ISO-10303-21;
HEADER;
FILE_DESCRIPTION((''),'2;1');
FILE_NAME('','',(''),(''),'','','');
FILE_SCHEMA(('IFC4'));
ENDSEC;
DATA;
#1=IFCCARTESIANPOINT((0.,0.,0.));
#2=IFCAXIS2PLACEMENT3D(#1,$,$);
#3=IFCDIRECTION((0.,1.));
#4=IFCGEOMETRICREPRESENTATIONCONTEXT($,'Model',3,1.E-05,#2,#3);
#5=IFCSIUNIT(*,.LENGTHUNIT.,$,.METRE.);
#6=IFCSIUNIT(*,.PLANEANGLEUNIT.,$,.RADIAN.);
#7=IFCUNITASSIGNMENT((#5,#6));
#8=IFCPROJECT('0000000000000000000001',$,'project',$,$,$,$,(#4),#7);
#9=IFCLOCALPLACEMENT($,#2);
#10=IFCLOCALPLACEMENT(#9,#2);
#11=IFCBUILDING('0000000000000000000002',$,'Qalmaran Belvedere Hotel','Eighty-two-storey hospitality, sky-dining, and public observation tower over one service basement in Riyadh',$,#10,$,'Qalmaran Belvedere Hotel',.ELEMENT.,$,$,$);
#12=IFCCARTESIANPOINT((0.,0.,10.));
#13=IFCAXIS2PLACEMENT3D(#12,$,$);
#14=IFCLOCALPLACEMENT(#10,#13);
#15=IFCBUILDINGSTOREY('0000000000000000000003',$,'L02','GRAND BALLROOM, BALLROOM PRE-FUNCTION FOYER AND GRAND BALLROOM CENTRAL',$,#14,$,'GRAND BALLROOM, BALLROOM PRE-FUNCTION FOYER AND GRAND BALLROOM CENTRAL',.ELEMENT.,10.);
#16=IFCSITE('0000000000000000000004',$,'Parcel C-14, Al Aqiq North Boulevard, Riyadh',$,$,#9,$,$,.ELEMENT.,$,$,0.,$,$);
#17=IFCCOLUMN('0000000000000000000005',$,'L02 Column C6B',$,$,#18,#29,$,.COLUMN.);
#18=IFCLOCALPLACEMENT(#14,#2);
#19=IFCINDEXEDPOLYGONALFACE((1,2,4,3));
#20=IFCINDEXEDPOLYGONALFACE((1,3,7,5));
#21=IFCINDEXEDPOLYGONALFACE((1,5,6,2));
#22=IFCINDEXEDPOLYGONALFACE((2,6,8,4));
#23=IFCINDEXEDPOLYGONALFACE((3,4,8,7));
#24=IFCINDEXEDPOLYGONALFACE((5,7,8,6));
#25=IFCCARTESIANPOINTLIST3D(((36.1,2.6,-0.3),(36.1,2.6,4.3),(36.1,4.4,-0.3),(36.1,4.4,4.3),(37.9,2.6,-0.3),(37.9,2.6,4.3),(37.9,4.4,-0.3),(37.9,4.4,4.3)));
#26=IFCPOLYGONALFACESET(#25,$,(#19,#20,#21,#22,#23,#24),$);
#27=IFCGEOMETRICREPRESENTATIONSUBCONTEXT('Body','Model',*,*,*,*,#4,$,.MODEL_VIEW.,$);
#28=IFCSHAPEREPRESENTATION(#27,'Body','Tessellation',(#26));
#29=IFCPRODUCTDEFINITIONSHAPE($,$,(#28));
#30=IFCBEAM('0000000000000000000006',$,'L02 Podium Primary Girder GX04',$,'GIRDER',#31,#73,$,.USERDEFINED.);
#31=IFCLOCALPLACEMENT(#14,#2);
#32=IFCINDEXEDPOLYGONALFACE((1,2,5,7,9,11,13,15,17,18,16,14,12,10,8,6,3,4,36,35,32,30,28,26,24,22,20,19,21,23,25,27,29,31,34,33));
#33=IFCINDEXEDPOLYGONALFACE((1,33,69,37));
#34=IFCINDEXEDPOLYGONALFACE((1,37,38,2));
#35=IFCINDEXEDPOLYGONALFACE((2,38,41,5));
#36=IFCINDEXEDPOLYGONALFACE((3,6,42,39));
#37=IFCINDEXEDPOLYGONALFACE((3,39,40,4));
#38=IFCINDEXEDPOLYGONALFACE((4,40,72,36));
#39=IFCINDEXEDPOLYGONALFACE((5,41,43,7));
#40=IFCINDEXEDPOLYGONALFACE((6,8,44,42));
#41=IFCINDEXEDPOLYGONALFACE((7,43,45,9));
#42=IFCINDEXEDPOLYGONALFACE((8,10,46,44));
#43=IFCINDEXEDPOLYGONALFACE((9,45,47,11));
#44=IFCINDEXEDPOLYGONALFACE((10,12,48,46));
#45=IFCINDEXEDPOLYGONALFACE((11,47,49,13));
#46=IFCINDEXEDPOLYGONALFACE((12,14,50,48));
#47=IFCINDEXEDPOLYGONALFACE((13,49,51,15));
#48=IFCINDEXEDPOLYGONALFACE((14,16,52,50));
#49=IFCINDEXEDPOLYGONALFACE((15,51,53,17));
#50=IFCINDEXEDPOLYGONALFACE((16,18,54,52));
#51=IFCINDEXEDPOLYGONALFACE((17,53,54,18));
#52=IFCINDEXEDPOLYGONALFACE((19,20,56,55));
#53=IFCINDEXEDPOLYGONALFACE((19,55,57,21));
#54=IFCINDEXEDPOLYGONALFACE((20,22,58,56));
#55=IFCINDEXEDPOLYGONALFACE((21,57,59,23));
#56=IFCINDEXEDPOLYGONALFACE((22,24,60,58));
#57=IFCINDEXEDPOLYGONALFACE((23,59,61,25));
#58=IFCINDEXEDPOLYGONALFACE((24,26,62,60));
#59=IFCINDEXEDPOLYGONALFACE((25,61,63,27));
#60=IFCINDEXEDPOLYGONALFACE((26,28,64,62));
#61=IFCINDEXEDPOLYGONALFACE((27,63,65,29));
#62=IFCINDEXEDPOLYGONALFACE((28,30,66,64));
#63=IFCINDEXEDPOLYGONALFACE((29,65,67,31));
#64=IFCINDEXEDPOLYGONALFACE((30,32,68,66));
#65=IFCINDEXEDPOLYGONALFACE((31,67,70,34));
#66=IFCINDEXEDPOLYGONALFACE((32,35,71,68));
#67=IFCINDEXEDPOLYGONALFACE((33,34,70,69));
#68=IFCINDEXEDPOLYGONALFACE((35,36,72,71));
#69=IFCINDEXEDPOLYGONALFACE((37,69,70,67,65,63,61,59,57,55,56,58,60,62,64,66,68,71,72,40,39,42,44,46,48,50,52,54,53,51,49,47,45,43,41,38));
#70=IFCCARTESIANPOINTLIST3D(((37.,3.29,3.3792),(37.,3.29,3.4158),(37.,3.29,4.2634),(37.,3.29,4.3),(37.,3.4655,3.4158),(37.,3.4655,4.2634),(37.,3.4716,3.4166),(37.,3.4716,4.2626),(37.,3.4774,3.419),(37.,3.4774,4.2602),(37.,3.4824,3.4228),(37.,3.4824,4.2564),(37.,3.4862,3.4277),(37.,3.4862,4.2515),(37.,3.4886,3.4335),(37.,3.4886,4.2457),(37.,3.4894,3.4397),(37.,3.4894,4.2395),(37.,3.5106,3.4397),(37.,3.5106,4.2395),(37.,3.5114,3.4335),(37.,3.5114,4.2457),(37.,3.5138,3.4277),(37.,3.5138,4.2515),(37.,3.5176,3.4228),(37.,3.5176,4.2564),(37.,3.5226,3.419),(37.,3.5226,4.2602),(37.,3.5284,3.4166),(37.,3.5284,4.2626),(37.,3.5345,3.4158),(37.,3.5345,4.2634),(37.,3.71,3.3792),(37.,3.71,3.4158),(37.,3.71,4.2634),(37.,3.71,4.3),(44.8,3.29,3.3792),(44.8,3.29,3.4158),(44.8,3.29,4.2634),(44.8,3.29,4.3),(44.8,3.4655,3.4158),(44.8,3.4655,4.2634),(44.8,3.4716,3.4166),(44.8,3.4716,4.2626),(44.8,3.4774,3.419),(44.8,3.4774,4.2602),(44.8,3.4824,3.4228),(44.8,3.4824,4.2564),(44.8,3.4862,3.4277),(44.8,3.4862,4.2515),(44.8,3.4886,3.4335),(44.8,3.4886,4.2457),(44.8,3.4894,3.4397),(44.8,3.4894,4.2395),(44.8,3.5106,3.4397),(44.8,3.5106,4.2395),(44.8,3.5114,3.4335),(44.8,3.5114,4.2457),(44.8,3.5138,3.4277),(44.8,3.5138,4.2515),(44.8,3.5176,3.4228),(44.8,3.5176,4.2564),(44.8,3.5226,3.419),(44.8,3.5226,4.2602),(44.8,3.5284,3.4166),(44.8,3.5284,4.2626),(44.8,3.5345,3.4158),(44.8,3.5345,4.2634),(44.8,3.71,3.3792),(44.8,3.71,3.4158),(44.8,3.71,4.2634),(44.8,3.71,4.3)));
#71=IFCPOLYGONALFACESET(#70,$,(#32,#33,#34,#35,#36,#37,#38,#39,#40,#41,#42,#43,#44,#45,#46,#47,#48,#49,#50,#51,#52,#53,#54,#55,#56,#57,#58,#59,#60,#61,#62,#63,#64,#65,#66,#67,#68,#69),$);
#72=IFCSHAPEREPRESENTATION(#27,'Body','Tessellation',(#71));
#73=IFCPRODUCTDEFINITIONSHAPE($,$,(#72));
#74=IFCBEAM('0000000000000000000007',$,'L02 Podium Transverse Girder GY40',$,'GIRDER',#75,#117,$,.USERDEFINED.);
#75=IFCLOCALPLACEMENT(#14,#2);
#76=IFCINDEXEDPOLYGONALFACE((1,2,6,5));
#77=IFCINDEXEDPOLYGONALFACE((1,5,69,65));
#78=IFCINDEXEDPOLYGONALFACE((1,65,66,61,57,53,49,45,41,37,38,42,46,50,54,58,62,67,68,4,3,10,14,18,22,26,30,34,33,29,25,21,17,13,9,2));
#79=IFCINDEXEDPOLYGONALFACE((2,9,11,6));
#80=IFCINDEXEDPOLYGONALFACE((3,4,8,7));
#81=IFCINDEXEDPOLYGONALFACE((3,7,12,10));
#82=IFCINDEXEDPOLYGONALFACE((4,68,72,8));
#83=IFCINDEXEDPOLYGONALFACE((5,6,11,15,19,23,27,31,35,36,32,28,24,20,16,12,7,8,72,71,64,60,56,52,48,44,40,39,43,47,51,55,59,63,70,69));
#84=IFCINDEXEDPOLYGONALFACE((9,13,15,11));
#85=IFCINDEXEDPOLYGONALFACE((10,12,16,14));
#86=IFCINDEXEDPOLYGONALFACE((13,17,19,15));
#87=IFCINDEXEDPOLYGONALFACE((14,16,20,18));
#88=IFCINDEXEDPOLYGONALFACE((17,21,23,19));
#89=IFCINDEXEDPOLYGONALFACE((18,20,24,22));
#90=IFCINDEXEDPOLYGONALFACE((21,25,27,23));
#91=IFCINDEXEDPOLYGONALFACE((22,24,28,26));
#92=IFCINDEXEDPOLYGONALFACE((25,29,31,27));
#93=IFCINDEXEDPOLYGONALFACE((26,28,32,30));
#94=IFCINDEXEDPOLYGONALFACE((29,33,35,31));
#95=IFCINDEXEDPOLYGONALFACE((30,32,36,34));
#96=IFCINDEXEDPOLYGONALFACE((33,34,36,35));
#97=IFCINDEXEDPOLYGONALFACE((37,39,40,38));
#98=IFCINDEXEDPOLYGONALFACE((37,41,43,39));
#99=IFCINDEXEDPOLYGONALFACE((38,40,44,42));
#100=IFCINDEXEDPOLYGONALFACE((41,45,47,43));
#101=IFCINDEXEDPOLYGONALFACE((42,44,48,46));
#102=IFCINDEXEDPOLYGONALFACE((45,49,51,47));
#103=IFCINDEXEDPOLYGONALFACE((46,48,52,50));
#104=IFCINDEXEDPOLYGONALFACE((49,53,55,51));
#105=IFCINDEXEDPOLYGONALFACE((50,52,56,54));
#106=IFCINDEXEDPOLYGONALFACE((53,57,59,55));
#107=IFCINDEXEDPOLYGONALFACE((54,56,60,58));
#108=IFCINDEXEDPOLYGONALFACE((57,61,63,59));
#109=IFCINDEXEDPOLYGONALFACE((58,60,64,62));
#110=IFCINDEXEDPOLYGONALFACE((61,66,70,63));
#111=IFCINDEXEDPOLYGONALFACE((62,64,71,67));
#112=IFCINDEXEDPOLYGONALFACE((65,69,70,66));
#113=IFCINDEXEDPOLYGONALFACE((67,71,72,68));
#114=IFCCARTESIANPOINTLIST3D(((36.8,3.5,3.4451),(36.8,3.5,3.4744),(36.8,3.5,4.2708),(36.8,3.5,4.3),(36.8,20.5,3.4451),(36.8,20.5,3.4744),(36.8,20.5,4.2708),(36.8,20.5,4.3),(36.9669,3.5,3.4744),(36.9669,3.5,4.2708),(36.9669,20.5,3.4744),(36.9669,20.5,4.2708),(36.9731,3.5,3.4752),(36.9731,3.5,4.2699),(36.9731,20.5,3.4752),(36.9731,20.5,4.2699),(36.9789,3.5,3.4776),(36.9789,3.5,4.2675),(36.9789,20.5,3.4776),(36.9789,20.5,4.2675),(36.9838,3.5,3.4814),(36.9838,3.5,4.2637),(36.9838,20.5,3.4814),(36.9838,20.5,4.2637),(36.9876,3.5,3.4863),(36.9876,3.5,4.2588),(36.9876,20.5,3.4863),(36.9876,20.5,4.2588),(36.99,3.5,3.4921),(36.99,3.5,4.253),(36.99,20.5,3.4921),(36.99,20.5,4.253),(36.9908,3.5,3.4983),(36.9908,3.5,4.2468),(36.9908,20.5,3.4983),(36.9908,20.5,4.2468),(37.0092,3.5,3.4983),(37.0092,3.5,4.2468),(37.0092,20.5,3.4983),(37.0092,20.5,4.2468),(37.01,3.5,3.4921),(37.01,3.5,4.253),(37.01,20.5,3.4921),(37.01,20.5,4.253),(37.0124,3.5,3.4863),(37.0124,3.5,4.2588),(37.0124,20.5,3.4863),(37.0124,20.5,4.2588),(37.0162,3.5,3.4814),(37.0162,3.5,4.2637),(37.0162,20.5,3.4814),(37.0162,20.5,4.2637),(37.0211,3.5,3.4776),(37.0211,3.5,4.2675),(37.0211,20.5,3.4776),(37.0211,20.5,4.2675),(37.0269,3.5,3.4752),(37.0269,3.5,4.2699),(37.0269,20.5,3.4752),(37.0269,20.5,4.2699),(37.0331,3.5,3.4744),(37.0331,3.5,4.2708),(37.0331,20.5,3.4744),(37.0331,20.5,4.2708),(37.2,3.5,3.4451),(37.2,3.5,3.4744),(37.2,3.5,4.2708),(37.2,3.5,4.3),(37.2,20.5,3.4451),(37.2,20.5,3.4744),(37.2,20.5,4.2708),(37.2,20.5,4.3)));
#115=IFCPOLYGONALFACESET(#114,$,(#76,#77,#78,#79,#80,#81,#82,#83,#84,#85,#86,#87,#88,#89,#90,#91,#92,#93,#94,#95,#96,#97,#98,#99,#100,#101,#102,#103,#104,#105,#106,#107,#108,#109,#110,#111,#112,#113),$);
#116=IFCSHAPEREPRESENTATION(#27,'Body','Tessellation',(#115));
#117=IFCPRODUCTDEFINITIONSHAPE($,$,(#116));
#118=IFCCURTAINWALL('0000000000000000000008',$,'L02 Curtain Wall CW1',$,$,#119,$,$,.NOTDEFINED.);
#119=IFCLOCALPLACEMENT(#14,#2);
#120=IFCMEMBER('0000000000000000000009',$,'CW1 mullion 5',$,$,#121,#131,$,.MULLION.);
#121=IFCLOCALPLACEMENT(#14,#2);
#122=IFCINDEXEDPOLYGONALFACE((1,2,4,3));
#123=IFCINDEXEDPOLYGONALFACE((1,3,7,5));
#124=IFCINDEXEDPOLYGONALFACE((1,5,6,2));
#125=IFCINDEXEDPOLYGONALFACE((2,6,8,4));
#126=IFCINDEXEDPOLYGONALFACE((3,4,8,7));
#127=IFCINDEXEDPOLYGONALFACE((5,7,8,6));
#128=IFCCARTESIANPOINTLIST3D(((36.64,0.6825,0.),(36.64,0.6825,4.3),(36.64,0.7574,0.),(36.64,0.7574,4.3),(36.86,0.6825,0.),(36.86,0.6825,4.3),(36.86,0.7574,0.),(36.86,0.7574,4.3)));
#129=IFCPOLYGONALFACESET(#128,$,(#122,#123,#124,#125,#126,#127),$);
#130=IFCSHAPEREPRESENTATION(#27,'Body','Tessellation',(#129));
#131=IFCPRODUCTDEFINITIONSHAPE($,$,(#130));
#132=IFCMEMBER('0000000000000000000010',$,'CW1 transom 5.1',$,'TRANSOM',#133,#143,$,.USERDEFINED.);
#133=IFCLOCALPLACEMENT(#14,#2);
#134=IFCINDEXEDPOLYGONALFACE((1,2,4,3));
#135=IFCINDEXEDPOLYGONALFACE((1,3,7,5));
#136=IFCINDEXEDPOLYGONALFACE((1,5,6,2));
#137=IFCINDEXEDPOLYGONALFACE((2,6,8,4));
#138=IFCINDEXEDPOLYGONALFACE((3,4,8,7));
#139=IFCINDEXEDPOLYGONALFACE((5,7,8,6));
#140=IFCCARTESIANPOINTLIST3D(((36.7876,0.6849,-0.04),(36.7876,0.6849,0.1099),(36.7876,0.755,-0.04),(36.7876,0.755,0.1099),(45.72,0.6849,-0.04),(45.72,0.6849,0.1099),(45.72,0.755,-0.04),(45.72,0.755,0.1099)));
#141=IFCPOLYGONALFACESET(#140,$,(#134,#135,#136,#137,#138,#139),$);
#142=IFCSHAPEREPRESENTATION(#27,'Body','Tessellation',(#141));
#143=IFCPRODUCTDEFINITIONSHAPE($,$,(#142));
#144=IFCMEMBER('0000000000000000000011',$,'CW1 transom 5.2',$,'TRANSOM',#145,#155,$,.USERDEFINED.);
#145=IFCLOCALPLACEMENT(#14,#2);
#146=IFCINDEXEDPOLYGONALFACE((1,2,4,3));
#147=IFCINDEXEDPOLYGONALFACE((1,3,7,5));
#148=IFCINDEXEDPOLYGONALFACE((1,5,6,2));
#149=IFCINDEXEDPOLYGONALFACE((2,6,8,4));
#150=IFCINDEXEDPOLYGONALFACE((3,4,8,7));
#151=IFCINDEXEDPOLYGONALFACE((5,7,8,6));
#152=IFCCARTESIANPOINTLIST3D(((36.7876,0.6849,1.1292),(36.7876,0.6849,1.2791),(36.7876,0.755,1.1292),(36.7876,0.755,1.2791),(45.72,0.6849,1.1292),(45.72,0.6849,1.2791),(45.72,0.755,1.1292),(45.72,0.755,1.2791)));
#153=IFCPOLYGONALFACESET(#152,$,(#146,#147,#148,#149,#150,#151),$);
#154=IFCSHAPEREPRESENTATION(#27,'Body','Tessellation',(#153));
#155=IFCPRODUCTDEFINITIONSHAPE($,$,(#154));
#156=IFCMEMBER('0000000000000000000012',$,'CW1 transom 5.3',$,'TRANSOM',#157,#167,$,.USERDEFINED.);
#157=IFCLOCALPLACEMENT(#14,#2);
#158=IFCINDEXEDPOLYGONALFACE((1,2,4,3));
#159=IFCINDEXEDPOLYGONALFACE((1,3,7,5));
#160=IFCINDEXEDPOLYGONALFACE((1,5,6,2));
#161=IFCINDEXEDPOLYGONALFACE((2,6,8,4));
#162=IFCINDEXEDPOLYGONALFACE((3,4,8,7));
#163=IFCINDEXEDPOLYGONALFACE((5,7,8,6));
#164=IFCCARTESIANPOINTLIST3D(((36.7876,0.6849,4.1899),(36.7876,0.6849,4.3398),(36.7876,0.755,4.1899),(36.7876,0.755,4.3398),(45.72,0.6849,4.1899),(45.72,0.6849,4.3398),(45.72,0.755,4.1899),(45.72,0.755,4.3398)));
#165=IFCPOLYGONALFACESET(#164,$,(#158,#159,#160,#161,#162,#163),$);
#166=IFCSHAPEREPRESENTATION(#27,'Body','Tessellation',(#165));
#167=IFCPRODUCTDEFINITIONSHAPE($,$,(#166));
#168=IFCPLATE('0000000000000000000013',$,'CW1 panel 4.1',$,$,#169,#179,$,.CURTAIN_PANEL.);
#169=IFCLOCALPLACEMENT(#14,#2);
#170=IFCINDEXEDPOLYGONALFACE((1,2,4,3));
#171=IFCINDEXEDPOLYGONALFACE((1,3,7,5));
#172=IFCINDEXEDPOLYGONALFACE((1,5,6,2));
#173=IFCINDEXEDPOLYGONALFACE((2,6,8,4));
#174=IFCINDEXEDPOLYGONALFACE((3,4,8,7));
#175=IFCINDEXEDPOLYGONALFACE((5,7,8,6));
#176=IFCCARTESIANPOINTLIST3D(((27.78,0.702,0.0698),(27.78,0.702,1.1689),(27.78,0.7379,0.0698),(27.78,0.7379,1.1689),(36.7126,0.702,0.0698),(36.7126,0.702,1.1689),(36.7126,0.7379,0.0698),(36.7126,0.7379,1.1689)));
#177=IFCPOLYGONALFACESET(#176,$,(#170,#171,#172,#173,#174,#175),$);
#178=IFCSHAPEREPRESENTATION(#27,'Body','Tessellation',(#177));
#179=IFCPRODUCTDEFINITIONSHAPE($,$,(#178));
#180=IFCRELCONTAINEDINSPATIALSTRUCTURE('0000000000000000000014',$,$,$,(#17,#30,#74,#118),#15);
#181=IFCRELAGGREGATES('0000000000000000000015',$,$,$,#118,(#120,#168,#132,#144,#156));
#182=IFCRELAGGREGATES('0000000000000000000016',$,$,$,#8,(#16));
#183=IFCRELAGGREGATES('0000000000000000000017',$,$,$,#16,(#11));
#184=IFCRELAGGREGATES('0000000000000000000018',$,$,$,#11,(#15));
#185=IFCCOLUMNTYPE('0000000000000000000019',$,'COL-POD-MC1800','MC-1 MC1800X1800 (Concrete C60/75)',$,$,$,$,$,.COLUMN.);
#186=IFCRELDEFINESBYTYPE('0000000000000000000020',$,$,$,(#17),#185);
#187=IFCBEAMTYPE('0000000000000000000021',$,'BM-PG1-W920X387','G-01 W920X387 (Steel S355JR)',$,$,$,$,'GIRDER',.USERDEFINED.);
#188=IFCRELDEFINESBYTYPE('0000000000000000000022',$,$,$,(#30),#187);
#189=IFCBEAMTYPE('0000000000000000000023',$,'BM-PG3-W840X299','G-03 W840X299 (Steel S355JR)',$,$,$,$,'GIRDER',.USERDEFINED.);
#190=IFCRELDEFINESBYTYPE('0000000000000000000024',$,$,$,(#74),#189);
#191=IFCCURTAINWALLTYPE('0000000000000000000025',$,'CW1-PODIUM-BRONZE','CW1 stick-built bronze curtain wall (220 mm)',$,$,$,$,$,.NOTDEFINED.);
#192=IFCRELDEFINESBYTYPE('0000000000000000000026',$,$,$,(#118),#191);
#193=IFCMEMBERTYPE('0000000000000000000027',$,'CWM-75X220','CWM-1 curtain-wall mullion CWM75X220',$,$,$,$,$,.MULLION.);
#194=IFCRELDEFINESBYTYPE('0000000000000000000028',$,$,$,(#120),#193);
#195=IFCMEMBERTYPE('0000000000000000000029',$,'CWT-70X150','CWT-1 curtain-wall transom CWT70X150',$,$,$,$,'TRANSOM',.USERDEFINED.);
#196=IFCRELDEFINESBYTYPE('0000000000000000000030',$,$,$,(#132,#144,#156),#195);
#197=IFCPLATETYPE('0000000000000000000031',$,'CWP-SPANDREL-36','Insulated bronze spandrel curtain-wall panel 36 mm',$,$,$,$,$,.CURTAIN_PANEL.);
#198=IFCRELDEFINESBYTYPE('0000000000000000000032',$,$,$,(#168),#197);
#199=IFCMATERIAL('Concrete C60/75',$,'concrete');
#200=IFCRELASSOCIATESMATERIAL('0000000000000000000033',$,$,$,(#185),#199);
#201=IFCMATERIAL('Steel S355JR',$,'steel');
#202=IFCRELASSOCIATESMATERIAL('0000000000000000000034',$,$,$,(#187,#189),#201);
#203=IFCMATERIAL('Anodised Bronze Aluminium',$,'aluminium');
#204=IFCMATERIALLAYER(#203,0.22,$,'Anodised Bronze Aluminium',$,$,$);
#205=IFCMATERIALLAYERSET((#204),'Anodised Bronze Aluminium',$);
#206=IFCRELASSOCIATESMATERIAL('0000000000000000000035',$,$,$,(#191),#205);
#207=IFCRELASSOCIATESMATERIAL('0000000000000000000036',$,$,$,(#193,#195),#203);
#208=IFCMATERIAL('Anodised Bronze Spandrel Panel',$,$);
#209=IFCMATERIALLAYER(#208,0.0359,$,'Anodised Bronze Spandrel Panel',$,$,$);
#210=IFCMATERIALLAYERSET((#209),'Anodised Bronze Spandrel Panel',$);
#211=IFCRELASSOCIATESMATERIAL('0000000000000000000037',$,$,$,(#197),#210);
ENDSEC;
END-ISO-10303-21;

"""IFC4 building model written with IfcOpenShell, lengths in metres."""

from ifc_helpers import new_model, si_unit, direction, frame, origin, origin_2d, place, context, subcontext, project, spatial, rectangle, i_section, extrude, material, layer, layer_set, material_profile, profile_set, type_object, element, aggregate, save


model = new_model("IFC4")

# Units and contexts
model_context = context("Model", 3, precision=1e-05, world=origin(), true_north=direction((0.0, 1.0)))
body_context = subcontext(model_context, "Body", "Model", "MODEL_VIEW")
ifc_project = project(units=[si_unit("LENGTHUNIT", "METRE"), si_unit("PLANEANGLEUNIT", "RADIAN")], contexts=[model_context])

# Site, building, storey
site_placement = place(None, origin())
site = spatial("IfcSite", under=ifc_project, at=site_placement, Name="Parcel C-14, Al Aqiq North Boulevard, Riyadh", CompositionType="ELEMENT", RefElevation=0.0)
building_placement = place(site_placement, origin())
building = spatial("IfcBuilding", under=site, at=building_placement, Name="Qalmaran Belvedere Hotel", Description="Eighty-two-storey hospitality, sky-dining, and public observation tower over one service basement in Riyadh", LongName="Qalmaran Belvedere Hotel", CompositionType="ELEMENT")
storey_placement = place(building_placement, frame((0.0, 0.0, 10.0)))
storey = spatial("IfcBuildingStorey", under=building, at=storey_placement, Name="L02", Description="GRAND BALLROOM, BALLROOM PRE-FUNCTION FOYER AND GRAND BALLROOM CENTRAL", LongName="GRAND BALLROOM, BALLROOM PRE-FUNCTION FOYER AND GRAND BALLROOM CENTRAL", CompositionType="ELEMENT", Elevation=10.0)

# Column
ifc_material_1 = material(Name="Concrete C60/75", Category="concrete")
ifc_material_profile_1 = material_profile(ifc_material_1, rectangle(XDim=1.8, YDim=1.8, at=origin_2d()), Name="MC1800X1800")
ifc_profile_set_1 = profile_set([ifc_material_profile_1], Name="Concrete C60/75")
column_type = type_object("IfcColumnType", Name="COL-POD-MC1800", Description="MC-1 MC1800X1800 (Concrete C60/75)", PredefinedType="COLUMN", material=ifc_profile_set_1)
column_placement = place(storey_placement, frame((37.0, 3.5, -0.3), z_axis=(0.0, 0.0, 1.0), x_axis=(1.0, 0.0, 0.0)))
element("IfcColumn", 1, at=column_placement, inside=storey, type_object=column_type, Name="L02 Column C6B", PredefinedType="COLUMN", context=body_context, shape_type="SweptSolid", body=[
    extrude(rectangle(XDim=1.8, YDim=1.8, at=origin_2d()), origin(), (0.0, 0.0, 1.0), 4.6001),
])

# Beams
ifc_material_2 = material(Name="Steel S355JR", Category="steel")
ifc_material_profile_2 = material_profile(ifc_material_2, i_section(OverallWidth=0.4199, OverallDepth=0.9209, WebThickness=0.0212, FlangeThickness=0.0366, FilletRadius=0.0239, at=origin_2d()), Name="W920X387")
ifc_profile_set_2 = profile_set([ifc_material_profile_2], Name="Steel S355JR")
beam_type_1 = type_object("IfcBeamType", Name="BM-PG1-W920X387", Description="G-01 W920X387 (Steel S355JR)", ElementType="GIRDER", PredefinedType="USERDEFINED", material=ifc_profile_set_2)
beam_1_placement = place(storey_placement, frame((37.0, 3.5, 3.8396), z_axis=(1.0, 0.0, 0.0), x_axis=(0.0, 1.0, 0.0)))
element("IfcBeam", 2, at=beam_1_placement, inside=storey, type_object=beam_type_1, Name="L02 Podium Primary Girder GX04", ObjectType="GIRDER", PredefinedType="USERDEFINED", context=body_context, shape_type="SweptSolid", body=[
    extrude(i_section(OverallWidth=0.4199, OverallDepth=0.9209, WebThickness=0.0212, FlangeThickness=0.0366, FilletRadius=0.0239, at=origin_2d()), origin(), (0.0, 0.0, 1.0), 7.8),
])
ifc_material_profile_3 = material_profile(ifc_material_2, i_section(OverallWidth=0.3999, OverallDepth=0.855, WebThickness=0.0183, FlangeThickness=0.0293, FilletRadius=0.0239, at=origin_2d()), Name="W840X299")
ifc_profile_set_3 = profile_set([ifc_material_profile_3], Name="Steel S355JR")
beam_type_2 = type_object("IfcBeamType", Name="BM-PG3-W840X299", Description="G-03 W840X299 (Steel S355JR)", ElementType="GIRDER", PredefinedType="USERDEFINED", material=ifc_profile_set_3)
beam_2_placement = place(storey_placement, frame((37.0, 3.5, 3.8726), z_axis=(0.0, 1.0, 0.0), x_axis=(-1.0, 0.0, 0.0)))
element("IfcBeam", 3, at=beam_2_placement, inside=storey, type_object=beam_type_2, Name="L02 Podium Transverse Girder GY40", ObjectType="GIRDER", PredefinedType="USERDEFINED", context=body_context, shape_type="SweptSolid", body=[
    extrude(i_section(OverallWidth=0.3999, OverallDepth=0.855, WebThickness=0.0183, FlangeThickness=0.0293, FilletRadius=0.0239, at=origin_2d()), origin(), (0.0, 0.0, 1.0), 17.0),
])

# Curtain wall, members, plate
ifc_material_3 = material(Name="Anodised Bronze Aluminium", Category="aluminium")
ifc_layer_1 = layer(ifc_material_3, 0.22, Name="Anodised Bronze Aluminium")
ifc_layer_set_1 = layer_set([ifc_layer_1], Name="Anodised Bronze Aluminium")
curtain_wall_type = type_object("IfcCurtainWallType", Name="CW1-PODIUM-BRONZE", Description="CW1 stick-built bronze curtain wall (220 mm)", PredefinedType="NOTDEFINED", material=ifc_layer_set_1)
curtain_wall_placement = place(storey_placement, origin())
curtain_wall = element("IfcCurtainWall", 4, at=curtain_wall_placement, inside=storey, type_object=curtain_wall_type, Name="L02 Curtain Wall CW1", PredefinedType="NOTDEFINED")
ifc_material_profile_4 = material_profile(ifc_material_3, rectangle(XDim=0.075, YDim=0.22, at=origin_2d()), Name="CWM75X220")
ifc_profile_set_4 = profile_set([ifc_material_profile_4], Name="Anodised Bronze Aluminium")
member_type_1 = type_object("IfcMemberType", Name="CWM-75X220", Description="CWM-1 curtain-wall mullion CWM75X220", PredefinedType="MULLION", material=ifc_profile_set_4)
member_1_placement = place(storey_placement, frame((36.75, 0.72, 0.0), z_axis=(0.0, 0.0, 1.0), x_axis=(0.0, 1.0, 0.0)))
member_1 = element("IfcMember", 5, at=member_1_placement, type_object=member_type_1, Name="CW1 mullion 5", PredefinedType="MULLION", context=body_context, shape_type="SweptSolid", body=[
    extrude(rectangle(XDim=0.075, YDim=0.22, at=origin_2d()), origin(), (0.0, 0.0, 1.0), 4.3),
])
ifc_material_profile_5 = material_profile(ifc_material_3, rectangle(XDim=0.0701, YDim=0.1499, at=origin_2d()), Name="CWT70X150")
ifc_profile_set_5 = profile_set([ifc_material_profile_5], Name="Anodised Bronze Aluminium")
member_type_2 = type_object("IfcMemberType", Name="CWT-70X150", Description="CWT-1 curtain-wall transom CWT70X150", ElementType="TRANSOM", PredefinedType="USERDEFINED", material=ifc_profile_set_5)
member_2_placement = place(storey_placement, frame((36.7876, 0.72, 0.0349), z_axis=(1.0, 0.0, 0.0), x_axis=(0.0, 1.0, 0.0)))
member_2 = element("IfcMember", 6, at=member_2_placement, type_object=member_type_2, Name="CW1 transom 5.1", ObjectType="TRANSOM", PredefinedType="USERDEFINED", context=body_context, shape_type="SweptSolid", body=[
    extrude(rectangle(XDim=0.0701, YDim=0.1499, at=origin_2d()), origin(), (0.0, 0.0, 1.0), 8.9324),
])
member_3_placement = place(storey_placement, frame((36.7876, 0.72, 1.2041), z_axis=(1.0, 0.0, 0.0), x_axis=(0.0, 1.0, 0.0)))
member_3 = element("IfcMember", 7, at=member_3_placement, type_object=member_type_2, Name="CW1 transom 5.2", ObjectType="TRANSOM", PredefinedType="USERDEFINED", context=body_context, shape_type="SweptSolid", body=[
    extrude(rectangle(XDim=0.0701, YDim=0.1499, at=origin_2d()), origin(), (0.0, 0.0, 1.0), 8.9324),
])
member_4_placement = place(storey_placement, frame((36.7876, 0.72, 4.2649), z_axis=(1.0, 0.0, 0.0), x_axis=(0.0, 1.0, 0.0)))
member_4 = element("IfcMember", 8, at=member_4_placement, type_object=member_type_2, Name="CW1 transom 5.3", ObjectType="TRANSOM", PredefinedType="USERDEFINED", context=body_context, shape_type="SweptSolid", body=[
    extrude(rectangle(XDim=0.0701, YDim=0.1499, at=origin_2d()), origin(), (0.0, 0.0, 1.0), 8.9324),
])
ifc_material_4 = material(Name="Anodised Bronze Spandrel Panel")
ifc_layer_2 = layer(ifc_material_4, 0.0359, Name="Anodised Bronze Spandrel Panel")
ifc_layer_set_2 = layer_set([ifc_layer_2], Name="Anodised Bronze Spandrel Panel")
plate_type_1 = type_object("IfcPlateType", Name="CWP-SPANDREL-36", Description="Insulated bronze spandrel curtain-wall panel 36 mm", PredefinedType="CURTAIN_PANEL", material=ifc_layer_set_2)
plate_1_placement = place(storey_placement, frame((32.2463, 0.72, 0.0698), z_axis=(0.0, 0.0, 1.0), x_axis=(1.0, 0.0, 0.0)))
plate_1 = element("IfcPlate", 9, at=plate_1_placement, type_object=plate_type_1, Name="CW1 panel 4.1", PredefinedType="CURTAIN_PANEL", context=body_context, shape_type="SweptSolid", body=[
    extrude(rectangle(XDim=8.9326, YDim=0.0359, at=origin_2d()), origin(), (0.0, 0.0, 1.0), 1.0991),
])
aggregate(curtain_wall, [member_1, plate_1, member_2, member_3, member_4])

save(model, "model.ifc")
